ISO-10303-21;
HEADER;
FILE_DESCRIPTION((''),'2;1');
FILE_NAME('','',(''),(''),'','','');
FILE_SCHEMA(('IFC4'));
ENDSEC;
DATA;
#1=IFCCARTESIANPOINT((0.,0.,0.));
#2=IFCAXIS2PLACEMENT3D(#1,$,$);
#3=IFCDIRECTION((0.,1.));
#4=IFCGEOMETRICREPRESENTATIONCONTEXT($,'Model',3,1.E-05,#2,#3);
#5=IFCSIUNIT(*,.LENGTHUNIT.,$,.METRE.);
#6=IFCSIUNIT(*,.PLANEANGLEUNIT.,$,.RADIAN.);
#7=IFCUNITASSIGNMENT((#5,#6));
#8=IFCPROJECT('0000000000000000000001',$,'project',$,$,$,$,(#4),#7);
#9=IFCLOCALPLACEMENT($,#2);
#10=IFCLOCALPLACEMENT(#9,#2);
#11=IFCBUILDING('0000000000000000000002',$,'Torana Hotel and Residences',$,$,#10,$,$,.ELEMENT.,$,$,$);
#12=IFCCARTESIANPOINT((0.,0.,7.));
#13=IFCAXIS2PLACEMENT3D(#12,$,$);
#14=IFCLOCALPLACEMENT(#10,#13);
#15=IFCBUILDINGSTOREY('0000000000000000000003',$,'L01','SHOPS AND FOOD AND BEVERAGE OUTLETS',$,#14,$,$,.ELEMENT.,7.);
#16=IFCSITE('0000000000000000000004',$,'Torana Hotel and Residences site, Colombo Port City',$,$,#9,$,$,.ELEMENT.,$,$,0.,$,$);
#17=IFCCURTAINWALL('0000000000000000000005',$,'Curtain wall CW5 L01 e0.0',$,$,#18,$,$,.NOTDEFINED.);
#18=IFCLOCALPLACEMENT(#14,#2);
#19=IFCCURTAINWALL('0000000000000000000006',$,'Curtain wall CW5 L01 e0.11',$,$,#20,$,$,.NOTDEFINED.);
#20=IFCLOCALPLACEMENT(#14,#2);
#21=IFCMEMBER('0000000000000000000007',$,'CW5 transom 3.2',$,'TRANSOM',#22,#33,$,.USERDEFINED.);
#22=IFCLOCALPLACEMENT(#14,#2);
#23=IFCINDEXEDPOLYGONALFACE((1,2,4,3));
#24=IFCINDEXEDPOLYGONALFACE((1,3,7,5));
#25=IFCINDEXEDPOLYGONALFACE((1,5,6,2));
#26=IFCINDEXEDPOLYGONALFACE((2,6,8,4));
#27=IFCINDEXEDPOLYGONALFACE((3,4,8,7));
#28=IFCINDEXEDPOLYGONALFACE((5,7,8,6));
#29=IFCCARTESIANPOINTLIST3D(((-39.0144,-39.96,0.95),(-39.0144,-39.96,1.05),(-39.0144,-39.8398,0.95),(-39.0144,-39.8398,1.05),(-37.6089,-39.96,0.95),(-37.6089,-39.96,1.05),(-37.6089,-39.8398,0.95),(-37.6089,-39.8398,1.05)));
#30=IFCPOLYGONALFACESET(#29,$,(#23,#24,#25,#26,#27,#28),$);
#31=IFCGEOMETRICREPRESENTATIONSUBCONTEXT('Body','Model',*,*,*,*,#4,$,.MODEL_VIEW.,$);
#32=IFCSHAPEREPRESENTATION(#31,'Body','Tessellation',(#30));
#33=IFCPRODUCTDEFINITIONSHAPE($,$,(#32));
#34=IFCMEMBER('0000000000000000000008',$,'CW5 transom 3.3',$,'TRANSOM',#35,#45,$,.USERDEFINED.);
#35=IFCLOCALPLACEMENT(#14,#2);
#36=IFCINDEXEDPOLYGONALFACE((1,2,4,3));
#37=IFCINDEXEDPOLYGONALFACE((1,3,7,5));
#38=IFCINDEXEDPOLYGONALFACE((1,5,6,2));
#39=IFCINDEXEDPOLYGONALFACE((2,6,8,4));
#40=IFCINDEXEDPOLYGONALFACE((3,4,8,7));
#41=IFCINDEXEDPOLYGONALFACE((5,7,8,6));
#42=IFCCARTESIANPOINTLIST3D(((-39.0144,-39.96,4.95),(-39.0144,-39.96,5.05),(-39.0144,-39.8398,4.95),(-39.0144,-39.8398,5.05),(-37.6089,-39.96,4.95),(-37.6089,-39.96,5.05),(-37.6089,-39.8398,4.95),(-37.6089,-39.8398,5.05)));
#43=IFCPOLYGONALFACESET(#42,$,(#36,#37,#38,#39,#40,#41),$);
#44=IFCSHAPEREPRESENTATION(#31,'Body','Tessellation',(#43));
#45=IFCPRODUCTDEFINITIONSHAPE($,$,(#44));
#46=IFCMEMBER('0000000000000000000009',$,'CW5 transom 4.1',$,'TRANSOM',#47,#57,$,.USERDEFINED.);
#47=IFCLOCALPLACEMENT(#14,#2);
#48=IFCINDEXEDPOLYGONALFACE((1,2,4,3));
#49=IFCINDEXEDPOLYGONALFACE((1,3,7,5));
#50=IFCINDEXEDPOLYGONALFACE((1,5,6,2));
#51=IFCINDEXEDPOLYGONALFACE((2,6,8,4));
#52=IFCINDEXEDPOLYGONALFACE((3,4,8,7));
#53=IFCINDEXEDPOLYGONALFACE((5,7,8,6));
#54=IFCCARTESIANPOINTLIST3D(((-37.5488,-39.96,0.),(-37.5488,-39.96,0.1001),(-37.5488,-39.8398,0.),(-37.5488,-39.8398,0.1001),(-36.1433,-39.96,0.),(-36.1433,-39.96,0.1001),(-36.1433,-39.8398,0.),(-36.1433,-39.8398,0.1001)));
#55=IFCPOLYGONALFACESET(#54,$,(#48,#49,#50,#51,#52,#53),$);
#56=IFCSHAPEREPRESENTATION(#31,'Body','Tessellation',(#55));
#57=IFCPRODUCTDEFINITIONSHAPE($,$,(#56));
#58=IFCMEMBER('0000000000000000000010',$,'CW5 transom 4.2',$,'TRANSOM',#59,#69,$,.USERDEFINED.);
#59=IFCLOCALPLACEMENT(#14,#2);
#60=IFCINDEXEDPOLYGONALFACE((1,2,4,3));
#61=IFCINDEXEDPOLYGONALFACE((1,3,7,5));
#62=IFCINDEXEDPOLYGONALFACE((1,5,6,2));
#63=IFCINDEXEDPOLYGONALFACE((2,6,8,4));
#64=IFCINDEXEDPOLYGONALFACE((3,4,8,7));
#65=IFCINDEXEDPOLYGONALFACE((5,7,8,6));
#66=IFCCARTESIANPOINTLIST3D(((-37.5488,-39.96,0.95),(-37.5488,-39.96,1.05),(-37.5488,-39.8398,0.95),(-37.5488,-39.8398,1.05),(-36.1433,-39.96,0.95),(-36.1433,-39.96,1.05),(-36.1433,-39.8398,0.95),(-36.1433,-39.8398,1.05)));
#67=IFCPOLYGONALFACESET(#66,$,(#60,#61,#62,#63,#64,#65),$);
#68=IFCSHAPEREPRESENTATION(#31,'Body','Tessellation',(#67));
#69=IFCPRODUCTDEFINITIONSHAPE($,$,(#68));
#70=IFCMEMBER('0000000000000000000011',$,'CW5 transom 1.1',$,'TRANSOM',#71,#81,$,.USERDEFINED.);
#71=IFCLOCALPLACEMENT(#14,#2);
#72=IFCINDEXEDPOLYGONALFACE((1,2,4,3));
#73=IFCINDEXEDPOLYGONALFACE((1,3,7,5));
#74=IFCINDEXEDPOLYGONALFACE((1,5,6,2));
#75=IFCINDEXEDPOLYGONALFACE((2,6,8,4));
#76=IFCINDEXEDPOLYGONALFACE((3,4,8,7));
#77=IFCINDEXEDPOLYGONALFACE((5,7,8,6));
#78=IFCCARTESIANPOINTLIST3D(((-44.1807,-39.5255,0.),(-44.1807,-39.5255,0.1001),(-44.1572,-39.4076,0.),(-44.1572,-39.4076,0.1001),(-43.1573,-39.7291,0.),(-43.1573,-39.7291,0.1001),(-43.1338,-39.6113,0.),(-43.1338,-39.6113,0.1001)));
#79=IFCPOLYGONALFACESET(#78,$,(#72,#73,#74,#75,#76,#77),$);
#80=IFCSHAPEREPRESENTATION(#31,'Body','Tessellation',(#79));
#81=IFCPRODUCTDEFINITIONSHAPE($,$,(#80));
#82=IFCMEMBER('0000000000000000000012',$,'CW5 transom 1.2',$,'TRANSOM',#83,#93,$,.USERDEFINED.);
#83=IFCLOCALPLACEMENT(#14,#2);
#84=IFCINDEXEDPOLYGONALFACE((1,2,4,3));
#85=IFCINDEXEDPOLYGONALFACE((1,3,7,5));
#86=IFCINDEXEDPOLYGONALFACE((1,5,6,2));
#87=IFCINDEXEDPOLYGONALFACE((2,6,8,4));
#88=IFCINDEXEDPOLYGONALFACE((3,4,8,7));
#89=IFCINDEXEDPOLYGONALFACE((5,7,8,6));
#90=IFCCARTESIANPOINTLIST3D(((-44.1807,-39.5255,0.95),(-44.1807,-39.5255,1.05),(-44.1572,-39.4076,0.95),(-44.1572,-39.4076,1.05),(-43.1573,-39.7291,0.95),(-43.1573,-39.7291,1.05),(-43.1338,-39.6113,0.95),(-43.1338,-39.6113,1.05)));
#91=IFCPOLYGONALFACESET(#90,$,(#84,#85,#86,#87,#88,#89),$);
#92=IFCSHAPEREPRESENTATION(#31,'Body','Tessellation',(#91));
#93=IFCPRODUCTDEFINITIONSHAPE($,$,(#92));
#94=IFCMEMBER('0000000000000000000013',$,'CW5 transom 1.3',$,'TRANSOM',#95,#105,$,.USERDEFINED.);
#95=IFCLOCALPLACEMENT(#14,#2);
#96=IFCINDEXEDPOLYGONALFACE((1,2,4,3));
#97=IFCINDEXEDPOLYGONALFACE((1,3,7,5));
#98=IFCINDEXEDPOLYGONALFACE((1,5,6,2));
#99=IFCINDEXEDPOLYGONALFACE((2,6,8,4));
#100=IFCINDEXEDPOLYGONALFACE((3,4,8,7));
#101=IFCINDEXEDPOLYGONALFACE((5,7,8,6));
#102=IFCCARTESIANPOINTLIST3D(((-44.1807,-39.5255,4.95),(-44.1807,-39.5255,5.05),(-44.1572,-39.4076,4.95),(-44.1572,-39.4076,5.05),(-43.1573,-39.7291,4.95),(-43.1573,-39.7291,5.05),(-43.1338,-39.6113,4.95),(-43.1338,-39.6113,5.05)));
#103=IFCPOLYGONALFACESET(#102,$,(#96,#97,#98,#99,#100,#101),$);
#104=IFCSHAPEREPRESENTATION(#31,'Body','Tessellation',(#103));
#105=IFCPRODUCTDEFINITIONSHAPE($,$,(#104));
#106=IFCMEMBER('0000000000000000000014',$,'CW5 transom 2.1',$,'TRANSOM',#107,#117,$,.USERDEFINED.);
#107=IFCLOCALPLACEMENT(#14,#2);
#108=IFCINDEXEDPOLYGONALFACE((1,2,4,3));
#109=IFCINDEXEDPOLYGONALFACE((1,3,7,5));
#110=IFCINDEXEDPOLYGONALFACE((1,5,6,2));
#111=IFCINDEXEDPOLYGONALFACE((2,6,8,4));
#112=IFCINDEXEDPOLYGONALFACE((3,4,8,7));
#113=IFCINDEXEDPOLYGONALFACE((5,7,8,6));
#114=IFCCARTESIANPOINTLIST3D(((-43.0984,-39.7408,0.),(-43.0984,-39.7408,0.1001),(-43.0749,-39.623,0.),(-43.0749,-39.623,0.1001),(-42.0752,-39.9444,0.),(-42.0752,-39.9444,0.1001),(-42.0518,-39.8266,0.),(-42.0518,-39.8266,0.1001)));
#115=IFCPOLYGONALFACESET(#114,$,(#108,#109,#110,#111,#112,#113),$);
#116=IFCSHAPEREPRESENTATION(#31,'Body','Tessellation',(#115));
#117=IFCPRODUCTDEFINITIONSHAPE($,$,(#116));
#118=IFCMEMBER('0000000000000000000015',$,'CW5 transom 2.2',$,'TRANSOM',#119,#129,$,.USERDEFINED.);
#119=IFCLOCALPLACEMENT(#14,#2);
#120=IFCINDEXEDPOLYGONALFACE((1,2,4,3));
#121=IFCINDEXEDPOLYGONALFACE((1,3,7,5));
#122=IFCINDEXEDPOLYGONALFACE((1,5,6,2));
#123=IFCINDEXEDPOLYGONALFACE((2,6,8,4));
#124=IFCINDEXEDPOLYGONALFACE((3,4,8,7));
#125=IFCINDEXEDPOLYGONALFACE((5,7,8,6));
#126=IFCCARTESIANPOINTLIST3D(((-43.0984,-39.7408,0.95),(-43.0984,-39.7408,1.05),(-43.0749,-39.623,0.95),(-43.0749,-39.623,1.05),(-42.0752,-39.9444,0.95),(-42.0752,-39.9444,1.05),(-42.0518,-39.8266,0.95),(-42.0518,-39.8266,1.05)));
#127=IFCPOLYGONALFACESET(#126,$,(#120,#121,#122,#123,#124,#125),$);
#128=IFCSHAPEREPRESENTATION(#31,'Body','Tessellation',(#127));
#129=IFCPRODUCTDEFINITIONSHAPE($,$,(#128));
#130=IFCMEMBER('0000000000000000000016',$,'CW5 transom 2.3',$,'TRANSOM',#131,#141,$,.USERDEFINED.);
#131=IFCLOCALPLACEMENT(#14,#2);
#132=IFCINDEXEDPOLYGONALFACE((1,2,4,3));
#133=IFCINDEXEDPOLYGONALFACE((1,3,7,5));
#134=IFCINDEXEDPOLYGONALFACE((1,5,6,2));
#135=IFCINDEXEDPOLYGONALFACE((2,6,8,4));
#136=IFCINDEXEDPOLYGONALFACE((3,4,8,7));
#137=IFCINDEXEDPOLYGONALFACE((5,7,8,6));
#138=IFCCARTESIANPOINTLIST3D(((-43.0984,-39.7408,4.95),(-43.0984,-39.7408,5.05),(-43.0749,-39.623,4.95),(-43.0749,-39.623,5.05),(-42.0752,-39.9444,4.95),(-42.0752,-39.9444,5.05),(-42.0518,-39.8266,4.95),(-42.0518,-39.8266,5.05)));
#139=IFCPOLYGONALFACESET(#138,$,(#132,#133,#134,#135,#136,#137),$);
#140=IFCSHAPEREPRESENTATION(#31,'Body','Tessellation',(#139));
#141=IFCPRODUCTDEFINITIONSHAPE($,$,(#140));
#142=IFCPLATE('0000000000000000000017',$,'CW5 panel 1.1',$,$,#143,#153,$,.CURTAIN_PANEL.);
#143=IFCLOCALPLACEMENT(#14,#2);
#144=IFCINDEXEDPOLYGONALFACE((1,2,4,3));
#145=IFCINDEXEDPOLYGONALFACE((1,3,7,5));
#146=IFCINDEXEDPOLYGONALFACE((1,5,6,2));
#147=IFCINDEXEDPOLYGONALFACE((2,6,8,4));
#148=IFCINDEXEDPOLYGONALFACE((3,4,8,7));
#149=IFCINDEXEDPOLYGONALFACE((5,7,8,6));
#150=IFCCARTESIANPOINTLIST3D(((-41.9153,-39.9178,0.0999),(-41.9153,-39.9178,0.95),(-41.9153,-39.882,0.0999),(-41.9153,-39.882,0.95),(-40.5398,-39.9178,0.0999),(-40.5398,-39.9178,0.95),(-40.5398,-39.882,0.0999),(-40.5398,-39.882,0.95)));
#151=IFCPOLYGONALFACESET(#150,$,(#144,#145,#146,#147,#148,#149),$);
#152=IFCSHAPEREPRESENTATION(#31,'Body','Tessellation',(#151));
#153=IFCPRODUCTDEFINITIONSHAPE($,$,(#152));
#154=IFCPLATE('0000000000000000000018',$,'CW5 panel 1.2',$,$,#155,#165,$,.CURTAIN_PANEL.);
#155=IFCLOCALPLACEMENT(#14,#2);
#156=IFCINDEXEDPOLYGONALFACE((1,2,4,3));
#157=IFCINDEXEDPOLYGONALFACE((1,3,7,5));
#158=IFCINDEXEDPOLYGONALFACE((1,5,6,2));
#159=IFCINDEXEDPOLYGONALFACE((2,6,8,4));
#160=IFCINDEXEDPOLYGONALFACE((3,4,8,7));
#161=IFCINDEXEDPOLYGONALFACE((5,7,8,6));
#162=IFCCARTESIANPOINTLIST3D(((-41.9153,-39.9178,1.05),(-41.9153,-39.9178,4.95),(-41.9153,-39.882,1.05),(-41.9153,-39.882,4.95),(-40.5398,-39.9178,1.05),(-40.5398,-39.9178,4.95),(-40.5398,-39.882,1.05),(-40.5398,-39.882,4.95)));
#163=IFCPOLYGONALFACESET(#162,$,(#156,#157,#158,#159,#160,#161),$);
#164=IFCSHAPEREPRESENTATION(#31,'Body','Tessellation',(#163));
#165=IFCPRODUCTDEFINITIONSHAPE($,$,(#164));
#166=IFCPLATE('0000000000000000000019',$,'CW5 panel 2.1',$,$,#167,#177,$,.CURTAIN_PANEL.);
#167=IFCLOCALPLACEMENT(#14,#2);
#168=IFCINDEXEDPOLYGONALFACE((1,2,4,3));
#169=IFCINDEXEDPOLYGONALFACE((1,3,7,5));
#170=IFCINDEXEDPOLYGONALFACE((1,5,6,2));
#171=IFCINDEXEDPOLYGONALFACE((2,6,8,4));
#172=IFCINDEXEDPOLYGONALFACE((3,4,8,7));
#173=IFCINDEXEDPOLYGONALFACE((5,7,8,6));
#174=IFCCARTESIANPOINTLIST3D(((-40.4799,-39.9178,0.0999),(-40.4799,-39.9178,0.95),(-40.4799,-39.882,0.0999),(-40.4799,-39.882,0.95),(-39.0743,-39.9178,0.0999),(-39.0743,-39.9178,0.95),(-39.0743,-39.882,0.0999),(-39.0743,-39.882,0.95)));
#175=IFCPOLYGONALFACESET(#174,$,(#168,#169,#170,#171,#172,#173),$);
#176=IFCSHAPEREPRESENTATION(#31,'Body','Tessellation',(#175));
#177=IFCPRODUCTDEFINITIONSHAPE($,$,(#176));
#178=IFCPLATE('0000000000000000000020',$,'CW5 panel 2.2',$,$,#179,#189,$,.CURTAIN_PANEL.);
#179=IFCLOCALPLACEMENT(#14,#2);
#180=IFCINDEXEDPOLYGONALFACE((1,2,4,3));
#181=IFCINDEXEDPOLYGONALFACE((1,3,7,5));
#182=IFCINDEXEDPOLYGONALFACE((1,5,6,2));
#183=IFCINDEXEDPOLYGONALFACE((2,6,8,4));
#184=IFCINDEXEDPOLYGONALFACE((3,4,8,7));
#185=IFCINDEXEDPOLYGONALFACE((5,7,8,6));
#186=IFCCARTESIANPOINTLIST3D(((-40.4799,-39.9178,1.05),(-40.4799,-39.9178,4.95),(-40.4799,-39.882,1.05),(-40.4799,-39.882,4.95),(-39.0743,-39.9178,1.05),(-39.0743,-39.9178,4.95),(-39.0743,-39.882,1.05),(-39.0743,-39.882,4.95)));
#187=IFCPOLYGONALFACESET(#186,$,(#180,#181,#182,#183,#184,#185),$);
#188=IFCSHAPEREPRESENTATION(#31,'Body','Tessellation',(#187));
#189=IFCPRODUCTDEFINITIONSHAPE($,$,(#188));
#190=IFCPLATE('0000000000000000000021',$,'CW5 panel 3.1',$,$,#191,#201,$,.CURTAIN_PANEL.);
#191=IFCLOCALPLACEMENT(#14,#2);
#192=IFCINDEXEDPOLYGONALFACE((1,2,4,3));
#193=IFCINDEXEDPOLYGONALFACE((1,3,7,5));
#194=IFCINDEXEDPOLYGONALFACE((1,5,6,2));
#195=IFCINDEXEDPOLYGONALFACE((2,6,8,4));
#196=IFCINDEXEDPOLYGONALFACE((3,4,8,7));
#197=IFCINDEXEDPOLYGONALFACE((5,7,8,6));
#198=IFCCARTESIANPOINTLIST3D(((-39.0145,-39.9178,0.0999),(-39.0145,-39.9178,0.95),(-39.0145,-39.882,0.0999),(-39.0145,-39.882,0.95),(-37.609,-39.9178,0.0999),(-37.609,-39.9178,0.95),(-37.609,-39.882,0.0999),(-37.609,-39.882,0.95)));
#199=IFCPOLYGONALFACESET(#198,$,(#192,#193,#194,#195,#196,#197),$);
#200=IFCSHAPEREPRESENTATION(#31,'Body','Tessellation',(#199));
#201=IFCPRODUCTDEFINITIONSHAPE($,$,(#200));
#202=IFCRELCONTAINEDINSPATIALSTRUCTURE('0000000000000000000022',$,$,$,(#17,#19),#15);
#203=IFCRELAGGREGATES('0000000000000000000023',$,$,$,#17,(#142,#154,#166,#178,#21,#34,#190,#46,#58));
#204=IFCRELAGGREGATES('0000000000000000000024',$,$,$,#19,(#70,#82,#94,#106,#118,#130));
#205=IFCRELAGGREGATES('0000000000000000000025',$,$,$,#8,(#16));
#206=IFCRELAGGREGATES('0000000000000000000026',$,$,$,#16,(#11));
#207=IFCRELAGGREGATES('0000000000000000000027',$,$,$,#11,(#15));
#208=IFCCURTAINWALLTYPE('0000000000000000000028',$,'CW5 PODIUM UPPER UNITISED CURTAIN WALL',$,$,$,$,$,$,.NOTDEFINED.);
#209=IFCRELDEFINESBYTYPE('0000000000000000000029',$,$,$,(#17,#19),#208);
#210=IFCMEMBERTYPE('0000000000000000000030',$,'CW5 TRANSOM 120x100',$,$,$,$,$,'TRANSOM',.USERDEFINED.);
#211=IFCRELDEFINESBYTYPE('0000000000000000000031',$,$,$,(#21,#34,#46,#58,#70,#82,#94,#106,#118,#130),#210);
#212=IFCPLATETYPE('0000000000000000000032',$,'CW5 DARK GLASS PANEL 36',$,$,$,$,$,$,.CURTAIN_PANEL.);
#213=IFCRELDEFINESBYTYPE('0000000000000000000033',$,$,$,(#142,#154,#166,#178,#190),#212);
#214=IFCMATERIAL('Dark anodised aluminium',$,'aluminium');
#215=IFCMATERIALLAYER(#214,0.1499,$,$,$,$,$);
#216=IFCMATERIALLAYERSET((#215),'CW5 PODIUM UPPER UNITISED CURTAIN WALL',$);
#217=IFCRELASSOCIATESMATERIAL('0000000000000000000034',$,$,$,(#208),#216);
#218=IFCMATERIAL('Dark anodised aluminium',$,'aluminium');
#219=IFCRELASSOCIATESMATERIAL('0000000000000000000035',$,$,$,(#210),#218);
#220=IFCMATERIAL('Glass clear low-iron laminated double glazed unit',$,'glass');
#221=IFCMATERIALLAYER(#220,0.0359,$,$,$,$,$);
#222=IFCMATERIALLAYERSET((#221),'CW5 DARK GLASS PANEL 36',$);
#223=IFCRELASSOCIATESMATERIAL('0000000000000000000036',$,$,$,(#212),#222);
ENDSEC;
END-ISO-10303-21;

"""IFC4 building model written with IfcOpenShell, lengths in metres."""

from ifc_helpers import new_model, si_unit, direction, frame, origin, origin_2d, place, context, subcontext, project, spatial, rectangle, extrude, material, layer, layer_set, material_profile, profile_set, type_object, element, aggregate, save


model = new_model("IFC4")

# Units and contexts
model_context = context("Model", 3, precision=1e-05, world=origin(), true_north=direction((0.0, 1.0)))
body_context = subcontext(model_context, "Body", "Model", "MODEL_VIEW")
ifc_project = project(units=[si_unit("LENGTHUNIT", "METRE"), si_unit("PLANEANGLEUNIT", "RADIAN")], contexts=[model_context])

# Site, building, storey
site_placement = place(None, origin())
site = spatial("IfcSite", under=ifc_project, at=site_placement, Name="Torana Hotel and Residences site, Colombo Port City", CompositionType="ELEMENT", RefElevation=0.0)
building_placement = place(site_placement, origin())
building = spatial("IfcBuilding", under=site, at=building_placement, Name="Torana Hotel and Residences", CompositionType="ELEMENT")
storey_placement = place(building_placement, frame((0.0, 0.0, 7.0)))
storey = spatial("IfcBuildingStorey", under=building, at=storey_placement, Name="L01", Description="SHOPS AND FOOD AND BEVERAGE OUTLETS", CompositionType="ELEMENT", Elevation=7.0)

# Curtain wall
ifc_material_1 = material(Name="Dark anodised aluminium", Category="aluminium")
ifc_layer_1 = layer(ifc_material_1, 0.1499)
ifc_layer_set_1 = layer_set([ifc_layer_1], Name="CW5 PODIUM UPPER UNITISED CURTAIN WALL")
curtain_wall_type = type_object("IfcCurtainWallType", Name="CW5 PODIUM UPPER UNITISED CURTAIN WALL", PredefinedType="NOTDEFINED", material=ifc_layer_set_1)
curtain_wall_1_placement = place(storey_placement, origin())
curtain_wall_1 = element("IfcCurtainWall", 1, at=curtain_wall_1_placement, inside=storey, type_object=curtain_wall_type, Name="Curtain wall CW5 L01 e0.0", PredefinedType="NOTDEFINED")

# Curtain wall
curtain_wall_2_placement = place(storey_placement, origin())
curtain_wall_2 = element("IfcCurtainWall", 2, at=curtain_wall_2_placement, inside=storey, type_object=curtain_wall_type, Name="Curtain wall CW5 L01 e0.11", PredefinedType="NOTDEFINED")

# Members
ifc_material_2 = material(Name="Dark anodised aluminium", Category="aluminium")
ifc_material_profile_1 = material_profile(ifc_material_2, rectangle(XDim=0.1201, YDim=0.1001, at=origin_2d()), Name="CW5 TRANSOM 120x100")
ifc_profile_set_1 = profile_set([ifc_material_profile_1], Name="Dark anodised aluminium")
member_type_1 = type_object("IfcMemberType", Name="CW5 TRANSOM 120x100", ElementType="TRANSOM", PredefinedType="USERDEFINED", material=ifc_profile_set_1)
member_1_placement = place(storey_placement, frame((-39.0144, -39.8999, 1.0), z_axis=(1.0, 0.0, 0.0), x_axis=(0.0, 1.0, 0.0)))
member_1 = element("IfcMember", 3, at=member_1_placement, type_object=member_type_1, Name="CW5 transom 3.2", ObjectType="TRANSOM", PredefinedType="USERDEFINED", context=body_context, shape_type="SweptSolid", body=[
    extrude(rectangle(XDim=0.1201, YDim=0.1001, at=origin_2d()), origin(), (0.0, 0.0, 1.0), 1.4055),
])
member_2_placement = place(storey_placement, frame((-39.0144, -39.8999, 5.0), z_axis=(1.0, 0.0, 0.0), x_axis=(0.0, 1.0, 0.0)))
member_2 = element("IfcMember", 4, at=member_2_placement, type_object=member_type_1, Name="CW5 transom 3.3", ObjectType="TRANSOM", PredefinedType="USERDEFINED", context=body_context, shape_type="SweptSolid", body=[
    extrude(rectangle(XDim=0.1201, YDim=0.1001, at=origin_2d()), origin(), (0.0, 0.0, 1.0), 1.4055),
])
member_3_placement = place(storey_placement, frame((-37.5488, -39.8999, 0.05), z_axis=(1.0, 0.0, 0.0), x_axis=(0.0, 1.0, 0.0)))
member_3 = element("IfcMember", 5, at=member_3_placement, type_object=member_type_1, Name="CW5 transom 4.1", ObjectType="TRANSOM", PredefinedType="USERDEFINED", context=body_context, shape_type="SweptSolid", body=[
    extrude(rectangle(XDim=0.1201, YDim=0.1001, at=origin_2d()), origin(), (0.0, 0.0, 1.0), 1.4055),
])
member_4_placement = place(storey_placement, frame((-37.5488, -39.8999, 1.0), z_axis=(1.0, 0.0, 0.0), x_axis=(0.0, 1.0, 0.0)))
member_4 = element("IfcMember", 6, at=member_4_placement, type_object=member_type_1, Name="CW5 transom 4.2", ObjectType="TRANSOM", PredefinedType="USERDEFINED", context=body_context, shape_type="SweptSolid", body=[
    extrude(rectangle(XDim=0.1201, YDim=0.1001, at=origin_2d()), origin(), (0.0, 0.0, 1.0), 1.4055),
])
member_5_placement = place(storey_placement, frame((-44.1689, -39.4666, 0.05), z_axis=(0.980778, -0.195126, 0.0), x_axis=(0.195126, 0.980778, 0.0)))
member_5 = element("IfcMember", 7, at=member_5_placement, type_object=member_type_1, Name="CW5 transom 1.1", ObjectType="TRANSOM", PredefinedType="USERDEFINED", context=body_context, shape_type="SweptSolid", body=[
    extrude(rectangle(XDim=0.1201, YDim=0.1001, at=origin_2d()), origin(), (0.0, 0.0, 1.0), 1.0435),
])
member_6_placement = place(storey_placement, frame((-44.1689, -39.4666, 1.0), z_axis=(0.980778, -0.195126, 0.0), x_axis=(0.195126, 0.980778, 0.0)))
member_6 = element("IfcMember", 8, at=member_6_placement, type_object=member_type_1, Name="CW5 transom 1.2", ObjectType="TRANSOM", PredefinedType="USERDEFINED", context=body_context, shape_type="SweptSolid", body=[
    extrude(rectangle(XDim=0.1201, YDim=0.1001, at=origin_2d()), origin(), (0.0, 0.0, 1.0), 1.0435),
])
member_7_placement = place(storey_placement, frame((-44.1689, -39.4666, 5.0), z_axis=(0.980778, -0.195126, 0.0), x_axis=(0.195126, 0.980778, 0.0)))
member_7 = element("IfcMember", 9, at=member_7_placement, type_object=member_type_1, Name="CW5 transom 1.3", ObjectType="TRANSOM", PredefinedType="USERDEFINED", context=body_context, shape_type="SweptSolid", body=[
    extrude(rectangle(XDim=0.1201, YDim=0.1001, at=origin_2d()), origin(), (0.0, 0.0, 1.0), 1.0435),
])
member_8_placement = place(storey_placement, frame((-43.0867, -39.6819, 0.05), z_axis=(0.980769, -0.195171, 0.0), x_axis=(0.195171, 0.980769, 0.0)))
member_8 = element("IfcMember", 10, at=member_8_placement, type_object=member_type_1, Name="CW5 transom 2.1", ObjectType="TRANSOM", PredefinedType="USERDEFINED", context=body_context, shape_type="SweptSolid", body=[
    extrude(rectangle(XDim=0.1201, YDim=0.1001, at=origin_2d()), origin(), (0.0, 0.0, 1.0), 1.0432),
])
member_9_placement = place(storey_placement, frame((-43.0867, -39.6819, 1.0), z_axis=(0.980769, -0.195171, 0.0), x_axis=(0.195171, 0.980769, 0.0)))
member_9 = element("IfcMember", 11, at=member_9_placement, type_object=member_type_1, Name="CW5 transom 2.2", ObjectType="TRANSOM", PredefinedType="USERDEFINED", context=body_context, shape_type="SweptSolid", body=[
    extrude(rectangle(XDim=0.1201, YDim=0.1001, at=origin_2d()), origin(), (0.0, 0.0, 1.0), 1.0432),
])
member_10_placement = place(storey_placement, frame((-43.0867, -39.6819, 5.0), z_axis=(0.980769, -0.195171, 0.0), x_axis=(0.195171, 0.980769, 0.0)))
member_10 = element("IfcMember", 12, at=member_10_placement, type_object=member_type_1, Name="CW5 transom 2.3", ObjectType="TRANSOM", PredefinedType="USERDEFINED", context=body_context, shape_type="SweptSolid", body=[
    extrude(rectangle(XDim=0.1201, YDim=0.1001, at=origin_2d()), origin(), (0.0, 0.0, 1.0), 1.0432),
])

# Plates
ifc_material_3 = material(Name="Glass clear low-iron laminated double glazed unit", Category="glass")
ifc_layer_2 = layer(ifc_material_3, 0.0359)
ifc_layer_set_2 = layer_set([ifc_layer_2], Name="CW5 DARK GLASS PANEL 36")
plate_type = type_object("IfcPlateType", Name="CW5 DARK GLASS PANEL 36", PredefinedType="CURTAIN_PANEL", material=ifc_layer_set_2)
plate_1_placement = place(storey_placement, frame((-41.2275, -39.8999, 0.0999), z_axis=(0.0, 0.0, 1.0), x_axis=(1.0, 0.0, 0.0)))
plate_1 = element("IfcPlate", 13, at=plate_1_placement, type_object=plate_type, Name="CW5 panel 1.1", PredefinedType="CURTAIN_PANEL", context=body_context, shape_type="SweptSolid", body=[
    extrude(rectangle(XDim=1.3755, YDim=0.0359, at=origin_2d()), origin(), (0.0, 0.0, 1.0), 0.8501),
])
plate_2_placement = place(storey_placement, frame((-41.2275, -39.8999, 1.05), z_axis=(0.0, 0.0, 1.0), x_axis=(1.0, 0.0, 0.0)))
plate_2 = element("IfcPlate", 14, at=plate_2_placement, type_object=plate_type, Name="CW5 panel 1.2", PredefinedType="CURTAIN_PANEL", context=body_context, shape_type="SweptSolid", body=[
    extrude(rectangle(XDim=1.3755, YDim=0.0359, at=origin_2d()), origin(), (0.0, 0.0, 1.0), 3.8999),
])
plate_3_placement = place(storey_placement, frame((-39.7771, -39.8999, 0.0999), z_axis=(0.0, 0.0, 1.0), x_axis=(1.0, 0.0, 0.0)))
plate_3 = element("IfcPlate", 15, at=plate_3_placement, type_object=plate_type, Name="CW5 panel 2.1", PredefinedType="CURTAIN_PANEL", context=body_context, shape_type="SweptSolid", body=[
    extrude(rectangle(XDim=1.4055, YDim=0.0359, at=origin_2d()), origin(), (0.0, 0.0, 1.0), 0.8501),
])
plate_4_placement = place(storey_placement, frame((-39.7771, -39.8999, 1.05), z_axis=(0.0, 0.0, 1.0), x_axis=(1.0, 0.0, 0.0)))
plate_4 = element("IfcPlate", 16, at=plate_4_placement, type_object=plate_type, Name="CW5 panel 2.2", PredefinedType="CURTAIN_PANEL", context=body_context, shape_type="SweptSolid", body=[
    extrude(rectangle(XDim=1.4055, YDim=0.0359, at=origin_2d()), origin(), (0.0, 0.0, 1.0), 3.8999),
])
plate_5_placement = place(storey_placement, frame((-38.3118, -39.8999, 0.0999), z_axis=(0.0, 0.0, 1.0), x_axis=(1.0, 0.0, 0.0)))
plate_5 = element("IfcPlate", 17, at=plate_5_placement, type_object=plate_type, Name="CW5 panel 3.1", PredefinedType="CURTAIN_PANEL", context=body_context, shape_type="SweptSolid", body=[
    extrude(rectangle(XDim=1.4055, YDim=0.0359, at=origin_2d()), origin(), (0.0, 0.0, 1.0), 0.8501),
])
aggregate(curtain_wall_1, [plate_1, plate_2, plate_3, plate_4, member_1, member_2, plate_5, member_3, member_4])
aggregate(curtain_wall_2, [member_5, member_6, member_7, member_8, member_9, member_10])

save(model, "model.ifc")
